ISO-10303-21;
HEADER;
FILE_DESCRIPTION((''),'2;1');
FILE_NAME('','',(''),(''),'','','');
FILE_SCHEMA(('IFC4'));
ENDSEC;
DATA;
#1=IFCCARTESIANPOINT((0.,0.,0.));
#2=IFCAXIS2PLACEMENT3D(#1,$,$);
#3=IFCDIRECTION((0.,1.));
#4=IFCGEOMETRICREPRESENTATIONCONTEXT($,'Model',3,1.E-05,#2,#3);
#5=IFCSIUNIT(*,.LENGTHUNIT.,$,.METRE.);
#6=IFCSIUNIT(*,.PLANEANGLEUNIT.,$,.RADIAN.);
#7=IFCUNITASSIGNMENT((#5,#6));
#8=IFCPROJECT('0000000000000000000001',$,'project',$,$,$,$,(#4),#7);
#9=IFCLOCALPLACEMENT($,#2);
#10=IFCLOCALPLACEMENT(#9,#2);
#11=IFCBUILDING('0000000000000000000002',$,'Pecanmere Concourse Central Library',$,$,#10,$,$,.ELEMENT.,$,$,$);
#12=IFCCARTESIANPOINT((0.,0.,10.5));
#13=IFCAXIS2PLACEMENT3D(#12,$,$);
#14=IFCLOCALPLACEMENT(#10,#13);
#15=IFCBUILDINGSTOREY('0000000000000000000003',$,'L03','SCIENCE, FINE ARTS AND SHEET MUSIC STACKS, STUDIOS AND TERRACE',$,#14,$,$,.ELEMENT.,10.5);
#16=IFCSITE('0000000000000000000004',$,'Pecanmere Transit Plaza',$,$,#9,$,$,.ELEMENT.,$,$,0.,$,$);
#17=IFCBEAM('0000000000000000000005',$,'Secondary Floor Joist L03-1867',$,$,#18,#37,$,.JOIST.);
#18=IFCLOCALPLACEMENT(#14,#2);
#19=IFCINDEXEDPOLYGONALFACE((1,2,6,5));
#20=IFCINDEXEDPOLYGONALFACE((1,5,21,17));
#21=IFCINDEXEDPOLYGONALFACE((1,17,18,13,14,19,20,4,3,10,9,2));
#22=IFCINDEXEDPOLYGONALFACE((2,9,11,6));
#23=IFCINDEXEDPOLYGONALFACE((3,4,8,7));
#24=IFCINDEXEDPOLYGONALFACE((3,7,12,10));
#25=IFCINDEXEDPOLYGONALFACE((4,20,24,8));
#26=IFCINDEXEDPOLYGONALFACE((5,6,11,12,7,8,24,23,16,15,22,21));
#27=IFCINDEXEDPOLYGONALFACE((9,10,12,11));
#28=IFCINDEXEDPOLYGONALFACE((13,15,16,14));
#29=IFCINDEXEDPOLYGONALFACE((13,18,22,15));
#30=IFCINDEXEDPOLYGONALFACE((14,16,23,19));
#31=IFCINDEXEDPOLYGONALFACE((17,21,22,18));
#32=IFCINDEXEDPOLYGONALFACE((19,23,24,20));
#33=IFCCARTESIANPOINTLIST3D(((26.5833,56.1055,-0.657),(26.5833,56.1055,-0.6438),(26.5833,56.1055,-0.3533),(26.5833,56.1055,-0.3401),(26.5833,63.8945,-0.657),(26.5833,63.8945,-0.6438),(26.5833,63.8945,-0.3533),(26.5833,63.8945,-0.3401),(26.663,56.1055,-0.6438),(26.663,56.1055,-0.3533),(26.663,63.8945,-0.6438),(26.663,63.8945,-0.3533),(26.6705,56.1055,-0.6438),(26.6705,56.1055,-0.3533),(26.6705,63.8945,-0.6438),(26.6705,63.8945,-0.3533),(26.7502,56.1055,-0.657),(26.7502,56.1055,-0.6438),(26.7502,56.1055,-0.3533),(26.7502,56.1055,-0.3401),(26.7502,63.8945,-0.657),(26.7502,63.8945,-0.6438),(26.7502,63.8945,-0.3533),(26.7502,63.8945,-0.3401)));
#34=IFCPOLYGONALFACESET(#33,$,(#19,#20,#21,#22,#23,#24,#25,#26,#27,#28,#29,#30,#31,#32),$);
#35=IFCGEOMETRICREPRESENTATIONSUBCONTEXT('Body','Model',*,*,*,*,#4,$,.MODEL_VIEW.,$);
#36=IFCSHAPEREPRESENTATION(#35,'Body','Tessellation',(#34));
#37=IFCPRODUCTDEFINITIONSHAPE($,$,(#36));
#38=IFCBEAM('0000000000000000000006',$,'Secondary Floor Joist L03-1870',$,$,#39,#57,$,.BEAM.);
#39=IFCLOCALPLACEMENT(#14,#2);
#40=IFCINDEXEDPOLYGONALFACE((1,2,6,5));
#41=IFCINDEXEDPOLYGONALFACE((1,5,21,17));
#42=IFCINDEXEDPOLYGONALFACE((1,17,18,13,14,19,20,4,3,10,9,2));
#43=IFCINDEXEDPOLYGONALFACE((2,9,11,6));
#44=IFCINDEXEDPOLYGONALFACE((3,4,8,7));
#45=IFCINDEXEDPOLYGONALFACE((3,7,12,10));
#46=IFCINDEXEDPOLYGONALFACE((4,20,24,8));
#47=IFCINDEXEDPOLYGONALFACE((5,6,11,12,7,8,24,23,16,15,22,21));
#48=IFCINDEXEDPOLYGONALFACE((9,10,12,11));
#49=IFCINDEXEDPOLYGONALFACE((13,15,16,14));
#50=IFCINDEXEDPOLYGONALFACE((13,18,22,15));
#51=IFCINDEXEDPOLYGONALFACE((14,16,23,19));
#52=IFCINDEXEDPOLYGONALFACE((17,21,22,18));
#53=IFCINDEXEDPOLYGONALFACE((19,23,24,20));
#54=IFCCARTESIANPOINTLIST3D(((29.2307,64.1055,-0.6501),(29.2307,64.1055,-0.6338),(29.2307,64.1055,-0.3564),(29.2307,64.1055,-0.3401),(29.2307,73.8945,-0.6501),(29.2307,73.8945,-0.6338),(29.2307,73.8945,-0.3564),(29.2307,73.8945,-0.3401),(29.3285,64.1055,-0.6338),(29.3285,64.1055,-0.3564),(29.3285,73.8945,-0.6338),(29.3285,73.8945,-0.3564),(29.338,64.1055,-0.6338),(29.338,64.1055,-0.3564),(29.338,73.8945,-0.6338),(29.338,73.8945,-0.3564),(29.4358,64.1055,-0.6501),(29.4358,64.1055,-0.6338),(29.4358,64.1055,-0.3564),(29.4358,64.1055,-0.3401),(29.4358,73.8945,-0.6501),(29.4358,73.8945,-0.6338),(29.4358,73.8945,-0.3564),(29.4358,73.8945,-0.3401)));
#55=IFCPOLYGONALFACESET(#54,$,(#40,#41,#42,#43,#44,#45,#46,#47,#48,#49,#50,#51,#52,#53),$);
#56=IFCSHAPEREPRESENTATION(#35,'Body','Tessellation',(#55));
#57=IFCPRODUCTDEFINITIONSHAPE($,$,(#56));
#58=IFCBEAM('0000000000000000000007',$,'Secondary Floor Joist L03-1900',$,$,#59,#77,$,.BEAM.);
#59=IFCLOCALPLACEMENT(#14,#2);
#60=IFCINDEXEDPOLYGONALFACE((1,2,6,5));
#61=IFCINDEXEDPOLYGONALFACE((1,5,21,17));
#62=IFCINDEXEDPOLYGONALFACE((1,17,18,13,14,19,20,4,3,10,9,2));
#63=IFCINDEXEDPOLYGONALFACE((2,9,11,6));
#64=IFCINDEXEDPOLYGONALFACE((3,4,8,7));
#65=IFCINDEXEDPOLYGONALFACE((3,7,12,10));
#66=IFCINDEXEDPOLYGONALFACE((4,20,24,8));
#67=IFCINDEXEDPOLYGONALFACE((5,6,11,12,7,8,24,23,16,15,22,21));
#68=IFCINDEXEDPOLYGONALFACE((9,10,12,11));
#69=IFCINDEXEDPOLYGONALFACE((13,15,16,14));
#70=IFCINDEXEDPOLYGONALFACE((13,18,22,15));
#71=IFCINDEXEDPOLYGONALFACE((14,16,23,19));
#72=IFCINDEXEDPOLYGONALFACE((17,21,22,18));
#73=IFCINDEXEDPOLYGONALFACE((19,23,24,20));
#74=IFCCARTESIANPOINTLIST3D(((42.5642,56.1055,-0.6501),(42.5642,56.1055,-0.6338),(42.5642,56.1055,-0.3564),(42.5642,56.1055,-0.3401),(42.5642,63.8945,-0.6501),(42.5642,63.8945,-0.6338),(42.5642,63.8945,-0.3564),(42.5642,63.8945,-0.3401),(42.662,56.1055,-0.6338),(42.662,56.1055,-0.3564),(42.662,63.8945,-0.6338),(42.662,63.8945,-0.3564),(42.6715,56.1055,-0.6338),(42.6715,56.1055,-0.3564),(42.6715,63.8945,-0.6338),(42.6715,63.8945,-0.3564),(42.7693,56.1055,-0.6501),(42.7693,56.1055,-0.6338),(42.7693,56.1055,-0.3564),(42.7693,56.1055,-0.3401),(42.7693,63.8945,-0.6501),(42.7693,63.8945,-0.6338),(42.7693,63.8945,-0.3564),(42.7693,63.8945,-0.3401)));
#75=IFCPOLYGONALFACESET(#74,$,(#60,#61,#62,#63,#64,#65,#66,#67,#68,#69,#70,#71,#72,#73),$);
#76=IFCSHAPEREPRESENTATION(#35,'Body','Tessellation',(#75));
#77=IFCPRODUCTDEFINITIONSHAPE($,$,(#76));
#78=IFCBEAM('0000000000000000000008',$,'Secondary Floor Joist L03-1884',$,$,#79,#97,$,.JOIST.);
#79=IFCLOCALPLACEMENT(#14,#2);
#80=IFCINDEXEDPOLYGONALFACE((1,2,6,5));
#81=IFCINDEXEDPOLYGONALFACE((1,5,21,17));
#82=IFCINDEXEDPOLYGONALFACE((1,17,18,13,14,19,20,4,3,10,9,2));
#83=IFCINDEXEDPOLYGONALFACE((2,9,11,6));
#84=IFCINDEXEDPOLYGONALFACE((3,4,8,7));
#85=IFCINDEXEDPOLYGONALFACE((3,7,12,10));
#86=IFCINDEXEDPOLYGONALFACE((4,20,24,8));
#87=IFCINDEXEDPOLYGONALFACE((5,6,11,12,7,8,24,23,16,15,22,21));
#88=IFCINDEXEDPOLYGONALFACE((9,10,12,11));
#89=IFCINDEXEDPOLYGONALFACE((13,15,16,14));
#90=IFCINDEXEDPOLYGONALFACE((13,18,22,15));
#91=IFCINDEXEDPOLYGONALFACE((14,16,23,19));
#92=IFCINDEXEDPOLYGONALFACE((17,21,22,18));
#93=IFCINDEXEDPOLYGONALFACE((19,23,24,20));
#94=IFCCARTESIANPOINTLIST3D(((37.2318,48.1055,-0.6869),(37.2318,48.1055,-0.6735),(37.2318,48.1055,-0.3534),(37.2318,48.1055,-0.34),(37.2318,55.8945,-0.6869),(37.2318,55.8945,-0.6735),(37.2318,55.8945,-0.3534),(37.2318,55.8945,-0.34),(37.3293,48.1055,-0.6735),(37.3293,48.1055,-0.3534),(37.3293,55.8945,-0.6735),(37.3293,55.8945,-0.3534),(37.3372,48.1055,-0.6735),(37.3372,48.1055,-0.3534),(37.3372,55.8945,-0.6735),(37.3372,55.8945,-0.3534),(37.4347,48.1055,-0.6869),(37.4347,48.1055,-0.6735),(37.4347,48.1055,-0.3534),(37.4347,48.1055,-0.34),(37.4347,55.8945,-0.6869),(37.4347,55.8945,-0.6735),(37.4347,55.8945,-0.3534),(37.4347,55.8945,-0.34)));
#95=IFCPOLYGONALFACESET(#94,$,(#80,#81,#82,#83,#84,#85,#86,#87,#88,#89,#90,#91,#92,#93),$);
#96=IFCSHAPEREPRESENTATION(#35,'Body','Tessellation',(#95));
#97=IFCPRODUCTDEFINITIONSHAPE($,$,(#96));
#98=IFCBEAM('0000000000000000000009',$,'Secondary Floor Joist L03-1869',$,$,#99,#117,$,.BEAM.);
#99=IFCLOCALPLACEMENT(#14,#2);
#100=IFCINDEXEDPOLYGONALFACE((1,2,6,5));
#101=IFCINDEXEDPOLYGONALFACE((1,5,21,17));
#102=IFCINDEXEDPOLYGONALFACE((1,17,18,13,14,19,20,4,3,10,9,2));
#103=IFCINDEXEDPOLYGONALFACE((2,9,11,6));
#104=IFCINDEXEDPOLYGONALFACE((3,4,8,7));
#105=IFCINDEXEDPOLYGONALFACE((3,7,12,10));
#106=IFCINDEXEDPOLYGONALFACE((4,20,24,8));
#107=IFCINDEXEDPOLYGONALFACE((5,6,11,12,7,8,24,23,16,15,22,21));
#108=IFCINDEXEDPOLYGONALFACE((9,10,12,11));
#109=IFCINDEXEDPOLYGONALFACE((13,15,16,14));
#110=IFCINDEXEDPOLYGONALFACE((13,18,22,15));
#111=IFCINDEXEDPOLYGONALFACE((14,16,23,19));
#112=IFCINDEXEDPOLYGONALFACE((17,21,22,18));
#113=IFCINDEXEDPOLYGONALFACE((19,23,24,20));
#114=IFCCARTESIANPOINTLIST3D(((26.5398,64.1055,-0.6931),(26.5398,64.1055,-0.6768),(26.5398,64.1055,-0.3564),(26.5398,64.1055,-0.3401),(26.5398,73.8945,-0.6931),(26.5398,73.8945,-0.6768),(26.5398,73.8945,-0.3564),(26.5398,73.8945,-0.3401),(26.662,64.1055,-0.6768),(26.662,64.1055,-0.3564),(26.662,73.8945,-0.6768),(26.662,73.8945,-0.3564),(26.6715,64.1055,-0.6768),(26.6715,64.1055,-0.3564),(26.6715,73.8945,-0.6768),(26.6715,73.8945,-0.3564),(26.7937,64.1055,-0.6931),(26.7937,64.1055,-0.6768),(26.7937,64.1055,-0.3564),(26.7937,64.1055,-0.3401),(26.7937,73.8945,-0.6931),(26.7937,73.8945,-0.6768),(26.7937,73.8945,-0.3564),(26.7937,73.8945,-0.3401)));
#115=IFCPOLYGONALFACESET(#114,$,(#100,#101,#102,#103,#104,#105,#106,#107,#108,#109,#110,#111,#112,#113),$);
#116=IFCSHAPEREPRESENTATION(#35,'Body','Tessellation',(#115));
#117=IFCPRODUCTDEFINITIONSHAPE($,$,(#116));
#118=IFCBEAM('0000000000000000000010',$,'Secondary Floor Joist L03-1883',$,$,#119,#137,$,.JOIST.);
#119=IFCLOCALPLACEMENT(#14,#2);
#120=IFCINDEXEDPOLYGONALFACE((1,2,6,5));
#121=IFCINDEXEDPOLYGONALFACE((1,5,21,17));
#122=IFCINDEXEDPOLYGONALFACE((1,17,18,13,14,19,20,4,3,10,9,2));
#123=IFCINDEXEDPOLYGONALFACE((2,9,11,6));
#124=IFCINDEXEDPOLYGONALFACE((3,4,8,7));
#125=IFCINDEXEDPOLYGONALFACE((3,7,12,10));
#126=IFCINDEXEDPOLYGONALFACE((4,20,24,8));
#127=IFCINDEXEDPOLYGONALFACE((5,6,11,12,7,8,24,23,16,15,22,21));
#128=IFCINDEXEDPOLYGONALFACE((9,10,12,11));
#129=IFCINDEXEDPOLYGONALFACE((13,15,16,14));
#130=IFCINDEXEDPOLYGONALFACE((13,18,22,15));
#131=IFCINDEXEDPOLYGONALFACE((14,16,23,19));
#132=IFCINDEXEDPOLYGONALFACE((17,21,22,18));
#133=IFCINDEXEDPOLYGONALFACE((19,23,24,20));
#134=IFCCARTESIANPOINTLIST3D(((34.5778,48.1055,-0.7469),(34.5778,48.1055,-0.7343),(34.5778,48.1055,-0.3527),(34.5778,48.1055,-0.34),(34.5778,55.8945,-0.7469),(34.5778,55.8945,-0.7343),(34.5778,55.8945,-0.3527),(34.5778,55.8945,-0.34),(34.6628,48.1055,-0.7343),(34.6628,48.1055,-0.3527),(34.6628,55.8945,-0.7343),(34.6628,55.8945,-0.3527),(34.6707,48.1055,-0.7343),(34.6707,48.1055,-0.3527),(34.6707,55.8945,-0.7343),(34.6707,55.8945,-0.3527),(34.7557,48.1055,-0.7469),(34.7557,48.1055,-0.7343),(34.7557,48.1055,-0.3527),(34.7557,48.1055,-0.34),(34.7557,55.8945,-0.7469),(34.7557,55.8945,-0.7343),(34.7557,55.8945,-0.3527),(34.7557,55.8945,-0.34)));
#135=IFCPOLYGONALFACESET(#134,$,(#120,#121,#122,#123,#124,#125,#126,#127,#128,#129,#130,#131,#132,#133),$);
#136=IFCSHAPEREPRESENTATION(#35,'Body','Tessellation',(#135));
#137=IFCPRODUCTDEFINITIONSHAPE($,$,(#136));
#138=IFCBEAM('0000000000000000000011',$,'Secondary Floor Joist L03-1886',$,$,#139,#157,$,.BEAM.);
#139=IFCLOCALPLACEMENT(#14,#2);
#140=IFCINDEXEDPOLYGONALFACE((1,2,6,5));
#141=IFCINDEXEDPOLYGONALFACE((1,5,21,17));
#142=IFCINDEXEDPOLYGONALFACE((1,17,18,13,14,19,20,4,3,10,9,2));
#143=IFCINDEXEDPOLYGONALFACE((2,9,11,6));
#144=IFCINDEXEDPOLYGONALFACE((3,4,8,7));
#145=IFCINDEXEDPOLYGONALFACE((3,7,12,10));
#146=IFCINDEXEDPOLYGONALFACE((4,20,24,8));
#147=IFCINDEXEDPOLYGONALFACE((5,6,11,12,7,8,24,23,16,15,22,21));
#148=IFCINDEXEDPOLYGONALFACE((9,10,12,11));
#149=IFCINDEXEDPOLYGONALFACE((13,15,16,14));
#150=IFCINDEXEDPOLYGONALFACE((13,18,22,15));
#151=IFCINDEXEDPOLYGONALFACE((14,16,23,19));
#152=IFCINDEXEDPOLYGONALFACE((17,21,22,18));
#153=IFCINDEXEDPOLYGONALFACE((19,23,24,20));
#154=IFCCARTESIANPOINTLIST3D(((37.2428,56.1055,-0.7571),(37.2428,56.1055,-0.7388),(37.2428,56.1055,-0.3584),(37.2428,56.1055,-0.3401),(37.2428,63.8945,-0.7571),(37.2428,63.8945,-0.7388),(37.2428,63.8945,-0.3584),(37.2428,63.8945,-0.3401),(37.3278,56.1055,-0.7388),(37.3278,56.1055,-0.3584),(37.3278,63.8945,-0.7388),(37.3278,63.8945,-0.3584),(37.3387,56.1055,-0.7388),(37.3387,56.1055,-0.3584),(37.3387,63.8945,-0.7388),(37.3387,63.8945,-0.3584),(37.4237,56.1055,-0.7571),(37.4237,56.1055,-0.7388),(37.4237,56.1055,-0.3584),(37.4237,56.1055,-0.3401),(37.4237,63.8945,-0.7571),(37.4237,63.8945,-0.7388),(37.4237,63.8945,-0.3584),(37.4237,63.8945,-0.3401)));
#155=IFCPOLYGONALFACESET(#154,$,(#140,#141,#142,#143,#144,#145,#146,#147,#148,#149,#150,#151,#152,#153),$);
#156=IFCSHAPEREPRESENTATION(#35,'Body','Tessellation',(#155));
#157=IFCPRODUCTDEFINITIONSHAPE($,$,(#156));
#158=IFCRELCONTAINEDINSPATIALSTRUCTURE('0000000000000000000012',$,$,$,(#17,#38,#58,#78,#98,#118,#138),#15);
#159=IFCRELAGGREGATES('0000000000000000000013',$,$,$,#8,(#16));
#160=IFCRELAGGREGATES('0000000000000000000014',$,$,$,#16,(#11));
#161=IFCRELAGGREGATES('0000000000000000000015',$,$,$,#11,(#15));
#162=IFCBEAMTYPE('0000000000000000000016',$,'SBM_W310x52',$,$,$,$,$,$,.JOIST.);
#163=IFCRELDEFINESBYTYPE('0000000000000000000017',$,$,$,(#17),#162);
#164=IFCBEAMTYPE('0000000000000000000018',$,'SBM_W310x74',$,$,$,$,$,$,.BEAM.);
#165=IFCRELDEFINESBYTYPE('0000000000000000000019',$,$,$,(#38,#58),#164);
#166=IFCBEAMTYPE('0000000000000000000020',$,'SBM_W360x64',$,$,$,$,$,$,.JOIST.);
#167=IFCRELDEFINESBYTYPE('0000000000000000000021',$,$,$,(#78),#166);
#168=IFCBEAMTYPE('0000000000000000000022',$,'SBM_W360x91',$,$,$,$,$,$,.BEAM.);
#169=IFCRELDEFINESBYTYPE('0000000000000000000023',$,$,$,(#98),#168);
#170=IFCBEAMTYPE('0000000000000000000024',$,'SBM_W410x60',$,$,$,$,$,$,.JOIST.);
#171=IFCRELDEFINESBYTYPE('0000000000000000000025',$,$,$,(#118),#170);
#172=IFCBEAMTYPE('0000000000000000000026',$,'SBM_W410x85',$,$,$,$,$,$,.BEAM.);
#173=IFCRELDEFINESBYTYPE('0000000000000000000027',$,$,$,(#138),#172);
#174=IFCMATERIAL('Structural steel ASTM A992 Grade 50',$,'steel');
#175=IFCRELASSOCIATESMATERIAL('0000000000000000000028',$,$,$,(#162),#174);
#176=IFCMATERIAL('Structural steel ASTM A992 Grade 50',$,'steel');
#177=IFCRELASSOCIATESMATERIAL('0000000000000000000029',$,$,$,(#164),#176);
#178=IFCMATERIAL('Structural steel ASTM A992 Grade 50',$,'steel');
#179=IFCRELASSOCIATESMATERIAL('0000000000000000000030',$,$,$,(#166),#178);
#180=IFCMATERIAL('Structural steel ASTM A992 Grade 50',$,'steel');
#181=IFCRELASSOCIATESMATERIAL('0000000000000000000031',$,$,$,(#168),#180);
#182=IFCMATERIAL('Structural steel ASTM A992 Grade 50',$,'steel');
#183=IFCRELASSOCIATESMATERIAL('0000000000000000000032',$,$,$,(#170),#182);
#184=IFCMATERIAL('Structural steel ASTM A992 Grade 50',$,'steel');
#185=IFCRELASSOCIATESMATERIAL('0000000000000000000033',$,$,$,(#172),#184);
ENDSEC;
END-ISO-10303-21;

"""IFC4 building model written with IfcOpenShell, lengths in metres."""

from ifc_helpers import new_model, si_unit, direction, frame, origin, origin_2d, place, context, subcontext, project, spatial, i_section, extrude, material, material_profile, profile_set, type_object, element, save


model = new_model("IFC4")

# Units and contexts
model_context = context("Model", 3, precision=1e-05, world=origin(), true_north=direction((0.0, 1.0)))
body_context = subcontext(model_context, "Body", "Model", "MODEL_VIEW")
ifc_project = project(units=[si_unit("LENGTHUNIT", "METRE"), si_unit("PLANEANGLEUNIT", "RADIAN")], contexts=[model_context])

# Site, building, storey
site_placement = place(None, origin())
site = spatial("IfcSite", under=ifc_project, at=site_placement, Name="Pecanmere Transit Plaza", CompositionType="ELEMENT", RefElevation=0.0)
building_placement = place(site_placement, origin())
building = spatial("IfcBuilding", under=site, at=building_placement, Name="Pecanmere Concourse Central Library", CompositionType="ELEMENT")
storey_placement = place(building_placement, frame((0.0, 0.0, 10.5)))
storey = spatial("IfcBuildingStorey", under=building, at=storey_placement, Name="L03", Description="SCIENCE, FINE ARTS AND SHEET MUSIC STACKS, STUDIOS AND TERRACE", CompositionType="ELEMENT", Elevation=10.5)

# Beams
ifc_material_1 = material(Name="Structural steel ASTM A992 Grade 50", Category="steel")
ifc_material_profile_1 = material_profile(ifc_material_1, i_section(OverallWidth=0.167, OverallDepth=0.3169, WebThickness=0.0076, FlangeThickness=0.0132, at=origin_2d()), Name="W310x52")
ifc_profile_set_1 = profile_set([ifc_material_profile_1], Name="Structural steel ASTM A992 Grade 50")
beam_type_1 = type_object("IfcBeamType", Name="SBM_W310x52", PredefinedType="JOIST", material=ifc_profile_set_1)
beam_1_placement = place(storey_placement, frame((26.6667, 56.1055, -0.4985), z_axis=(0.0, 1.0, 0.0), x_axis=(-1.0, 0.0, 0.0)))
element("IfcBeam", 1, at=beam_1_placement, inside=storey, type_object=beam_type_1, Name="Secondary Floor Joist L03-1867", PredefinedType="JOIST", context=body_context, shape_type="SweptSolid", body=[
    extrude(i_section(OverallWidth=0.167, OverallDepth=0.3169, WebThickness=0.0076, FlangeThickness=0.0132, at=origin_2d()), origin(), (0.0, 0.0, 1.0), 7.7891),
])
ifc_material_2 = material(Name="Structural steel ASTM A992 Grade 50", Category="steel")
ifc_material_profile_2 = material_profile(ifc_material_2, i_section(OverallWidth=0.2051, OverallDepth=0.3101, WebThickness=0.0095, FlangeThickness=0.0164, at=origin_2d()), Name="W310x74")
ifc_profile_set_2 = profile_set([ifc_material_profile_2], Name="Structural steel ASTM A992 Grade 50")
beam_type_2 = type_object("IfcBeamType", Name="SBM_W310x74", PredefinedType="BEAM", material=ifc_profile_set_2)
beam_2_placement = place(storey_placement, frame((29.3333, 64.1055, -0.4951), z_axis=(0.0, 1.0, 0.0), x_axis=(-1.0, 0.0, 0.0)))
element("IfcBeam", 2, at=beam_2_placement, inside=storey, type_object=beam_type_2, Name="Secondary Floor Joist L03-1870", PredefinedType="BEAM", context=body_context, shape_type="SweptSolid", body=[
    extrude(i_section(OverallWidth=0.2051, OverallDepth=0.3101, WebThickness=0.0095, FlangeThickness=0.0164, at=origin_2d()), origin(), (0.0, 0.0, 1.0), 9.7891),
])
beam_3_placement = place(storey_placement, frame((42.6667, 56.1055, -0.4951), z_axis=(0.0, 1.0, 0.0), x_axis=(-1.0, 0.0, 0.0)))
element("IfcBeam", 3, at=beam_3_placement, inside=storey, type_object=beam_type_2, Name="Secondary Floor Joist L03-1900", PredefinedType="BEAM", context=body_context, shape_type="SweptSolid", body=[
    extrude(i_section(OverallWidth=0.2051, OverallDepth=0.3101, WebThickness=0.0095, FlangeThickness=0.0164, at=origin_2d()), origin(), (0.0, 0.0, 1.0), 7.7891),
])
ifc_material_3 = material(Name="Structural steel ASTM A992 Grade 50", Category="steel")
ifc_material_profile_3 = material_profile(ifc_material_3, i_section(OverallWidth=0.2029, OverallDepth=0.3469, WebThickness=0.0078, FlangeThickness=0.0134, at=origin_2d()), Name="W360x64")
ifc_profile_set_3 = profile_set([ifc_material_profile_3], Name="Structural steel ASTM A992 Grade 50")
beam_type_3 = type_object("IfcBeamType", Name="SBM_W360x64", PredefinedType="JOIST", material=ifc_profile_set_3)
beam_4_placement = place(storey_placement, frame((37.3333, 48.1055, -0.5134), z_axis=(0.0, 1.0, 0.0), x_axis=(-1.0, 0.0, 0.0)))
element("IfcBeam", 4, at=beam_4_placement, inside=storey, type_object=beam_type_3, Name="Secondary Floor Joist L03-1884", PredefinedType="JOIST", context=body_context, shape_type="SweptSolid", body=[
    extrude(i_section(OverallWidth=0.2029, OverallDepth=0.3469, WebThickness=0.0078, FlangeThickness=0.0134, at=origin_2d()), origin(), (0.0, 0.0, 1.0), 7.7891),
])
ifc_material_4 = material(Name="Structural steel ASTM A992 Grade 50", Category="steel")
ifc_material_profile_4 = material_profile(ifc_material_4, i_section(OverallWidth=0.2539, OverallDepth=0.353, WebThickness=0.0095, FlangeThickness=0.0164, at=origin_2d()), Name="W360x91")
ifc_profile_set_4 = profile_set([ifc_material_profile_4], Name="Structural steel ASTM A992 Grade 50")
beam_type_4 = type_object("IfcBeamType", Name="SBM_W360x91", PredefinedType="BEAM", material=ifc_profile_set_4)
beam_5_placement = place(storey_placement, frame((26.6667, 64.1055, -0.5166), z_axis=(0.0, 1.0, 0.0), x_axis=(-1.0, 0.0, 0.0)))
element("IfcBeam", 5, at=beam_5_placement, inside=storey, type_object=beam_type_4, Name="Secondary Floor Joist L03-1869", PredefinedType="BEAM", context=body_context, shape_type="SweptSolid", body=[
    extrude(i_section(OverallWidth=0.2539, OverallDepth=0.353, WebThickness=0.0095, FlangeThickness=0.0164, at=origin_2d()), origin(), (0.0, 0.0, 1.0), 9.7891),
])
ifc_material_5 = material(Name="Structural steel ASTM A992 Grade 50", Category="steel")
ifc_material_profile_5 = material_profile(ifc_material_5, i_section(OverallWidth=0.178, OverallDepth=0.407, WebThickness=0.0078, FlangeThickness=0.0127, at=origin_2d()), Name="W410x60")
ifc_profile_set_5 = profile_set([ifc_material_profile_5], Name="Structural steel ASTM A992 Grade 50")
beam_type_5 = type_object("IfcBeamType", Name="SBM_W410x60", PredefinedType="JOIST", material=ifc_profile_set_5)
beam_6_placement = place(storey_placement, frame((34.6667, 48.1055, -0.5435), z_axis=(0.0, 1.0, 0.0), x_axis=(-1.0, 0.0, 0.0)))
element("IfcBeam", 6, at=beam_6_placement, inside=storey, type_object=beam_type_5, Name="Secondary Floor Joist L03-1883", PredefinedType="JOIST", context=body_context, shape_type="SweptSolid", body=[
    extrude(i_section(OverallWidth=0.178, OverallDepth=0.407, WebThickness=0.0078, FlangeThickness=0.0127, at=origin_2d()), origin(), (0.0, 0.0, 1.0), 7.7891),
])
ifc_material_6 = material(Name="Structural steel ASTM A992 Grade 50", Category="steel")
ifc_material_profile_6 = material_profile(ifc_material_6, i_section(OverallWidth=0.1809, OverallDepth=0.417, WebThickness=0.011, FlangeThickness=0.0183, at=origin_2d()), Name="W410x85")
ifc_profile_set_6 = profile_set([ifc_material_profile_6], Name="Structural steel ASTM A992 Grade 50")
beam_type_6 = type_object("IfcBeamType", Name="SBM_W410x85", PredefinedType="BEAM", material=ifc_profile_set_6)
beam_7_placement = place(storey_placement, frame((37.3333, 56.1055, -0.5486), z_axis=(0.0, 1.0, 0.0), x_axis=(-1.0, 0.0, 0.0)))
element("IfcBeam", 7, at=beam_7_placement, inside=storey, type_object=beam_type_6, Name="Secondary Floor Joist L03-1886", PredefinedType="BEAM", context=body_context, shape_type="SweptSolid", body=[
    extrude(i_section(OverallWidth=0.1809, OverallDepth=0.417, WebThickness=0.011, FlangeThickness=0.0183, at=origin_2d()), origin(), (0.0, 0.0, 1.0), 7.7891),
])

save(model, "model.ifc")
